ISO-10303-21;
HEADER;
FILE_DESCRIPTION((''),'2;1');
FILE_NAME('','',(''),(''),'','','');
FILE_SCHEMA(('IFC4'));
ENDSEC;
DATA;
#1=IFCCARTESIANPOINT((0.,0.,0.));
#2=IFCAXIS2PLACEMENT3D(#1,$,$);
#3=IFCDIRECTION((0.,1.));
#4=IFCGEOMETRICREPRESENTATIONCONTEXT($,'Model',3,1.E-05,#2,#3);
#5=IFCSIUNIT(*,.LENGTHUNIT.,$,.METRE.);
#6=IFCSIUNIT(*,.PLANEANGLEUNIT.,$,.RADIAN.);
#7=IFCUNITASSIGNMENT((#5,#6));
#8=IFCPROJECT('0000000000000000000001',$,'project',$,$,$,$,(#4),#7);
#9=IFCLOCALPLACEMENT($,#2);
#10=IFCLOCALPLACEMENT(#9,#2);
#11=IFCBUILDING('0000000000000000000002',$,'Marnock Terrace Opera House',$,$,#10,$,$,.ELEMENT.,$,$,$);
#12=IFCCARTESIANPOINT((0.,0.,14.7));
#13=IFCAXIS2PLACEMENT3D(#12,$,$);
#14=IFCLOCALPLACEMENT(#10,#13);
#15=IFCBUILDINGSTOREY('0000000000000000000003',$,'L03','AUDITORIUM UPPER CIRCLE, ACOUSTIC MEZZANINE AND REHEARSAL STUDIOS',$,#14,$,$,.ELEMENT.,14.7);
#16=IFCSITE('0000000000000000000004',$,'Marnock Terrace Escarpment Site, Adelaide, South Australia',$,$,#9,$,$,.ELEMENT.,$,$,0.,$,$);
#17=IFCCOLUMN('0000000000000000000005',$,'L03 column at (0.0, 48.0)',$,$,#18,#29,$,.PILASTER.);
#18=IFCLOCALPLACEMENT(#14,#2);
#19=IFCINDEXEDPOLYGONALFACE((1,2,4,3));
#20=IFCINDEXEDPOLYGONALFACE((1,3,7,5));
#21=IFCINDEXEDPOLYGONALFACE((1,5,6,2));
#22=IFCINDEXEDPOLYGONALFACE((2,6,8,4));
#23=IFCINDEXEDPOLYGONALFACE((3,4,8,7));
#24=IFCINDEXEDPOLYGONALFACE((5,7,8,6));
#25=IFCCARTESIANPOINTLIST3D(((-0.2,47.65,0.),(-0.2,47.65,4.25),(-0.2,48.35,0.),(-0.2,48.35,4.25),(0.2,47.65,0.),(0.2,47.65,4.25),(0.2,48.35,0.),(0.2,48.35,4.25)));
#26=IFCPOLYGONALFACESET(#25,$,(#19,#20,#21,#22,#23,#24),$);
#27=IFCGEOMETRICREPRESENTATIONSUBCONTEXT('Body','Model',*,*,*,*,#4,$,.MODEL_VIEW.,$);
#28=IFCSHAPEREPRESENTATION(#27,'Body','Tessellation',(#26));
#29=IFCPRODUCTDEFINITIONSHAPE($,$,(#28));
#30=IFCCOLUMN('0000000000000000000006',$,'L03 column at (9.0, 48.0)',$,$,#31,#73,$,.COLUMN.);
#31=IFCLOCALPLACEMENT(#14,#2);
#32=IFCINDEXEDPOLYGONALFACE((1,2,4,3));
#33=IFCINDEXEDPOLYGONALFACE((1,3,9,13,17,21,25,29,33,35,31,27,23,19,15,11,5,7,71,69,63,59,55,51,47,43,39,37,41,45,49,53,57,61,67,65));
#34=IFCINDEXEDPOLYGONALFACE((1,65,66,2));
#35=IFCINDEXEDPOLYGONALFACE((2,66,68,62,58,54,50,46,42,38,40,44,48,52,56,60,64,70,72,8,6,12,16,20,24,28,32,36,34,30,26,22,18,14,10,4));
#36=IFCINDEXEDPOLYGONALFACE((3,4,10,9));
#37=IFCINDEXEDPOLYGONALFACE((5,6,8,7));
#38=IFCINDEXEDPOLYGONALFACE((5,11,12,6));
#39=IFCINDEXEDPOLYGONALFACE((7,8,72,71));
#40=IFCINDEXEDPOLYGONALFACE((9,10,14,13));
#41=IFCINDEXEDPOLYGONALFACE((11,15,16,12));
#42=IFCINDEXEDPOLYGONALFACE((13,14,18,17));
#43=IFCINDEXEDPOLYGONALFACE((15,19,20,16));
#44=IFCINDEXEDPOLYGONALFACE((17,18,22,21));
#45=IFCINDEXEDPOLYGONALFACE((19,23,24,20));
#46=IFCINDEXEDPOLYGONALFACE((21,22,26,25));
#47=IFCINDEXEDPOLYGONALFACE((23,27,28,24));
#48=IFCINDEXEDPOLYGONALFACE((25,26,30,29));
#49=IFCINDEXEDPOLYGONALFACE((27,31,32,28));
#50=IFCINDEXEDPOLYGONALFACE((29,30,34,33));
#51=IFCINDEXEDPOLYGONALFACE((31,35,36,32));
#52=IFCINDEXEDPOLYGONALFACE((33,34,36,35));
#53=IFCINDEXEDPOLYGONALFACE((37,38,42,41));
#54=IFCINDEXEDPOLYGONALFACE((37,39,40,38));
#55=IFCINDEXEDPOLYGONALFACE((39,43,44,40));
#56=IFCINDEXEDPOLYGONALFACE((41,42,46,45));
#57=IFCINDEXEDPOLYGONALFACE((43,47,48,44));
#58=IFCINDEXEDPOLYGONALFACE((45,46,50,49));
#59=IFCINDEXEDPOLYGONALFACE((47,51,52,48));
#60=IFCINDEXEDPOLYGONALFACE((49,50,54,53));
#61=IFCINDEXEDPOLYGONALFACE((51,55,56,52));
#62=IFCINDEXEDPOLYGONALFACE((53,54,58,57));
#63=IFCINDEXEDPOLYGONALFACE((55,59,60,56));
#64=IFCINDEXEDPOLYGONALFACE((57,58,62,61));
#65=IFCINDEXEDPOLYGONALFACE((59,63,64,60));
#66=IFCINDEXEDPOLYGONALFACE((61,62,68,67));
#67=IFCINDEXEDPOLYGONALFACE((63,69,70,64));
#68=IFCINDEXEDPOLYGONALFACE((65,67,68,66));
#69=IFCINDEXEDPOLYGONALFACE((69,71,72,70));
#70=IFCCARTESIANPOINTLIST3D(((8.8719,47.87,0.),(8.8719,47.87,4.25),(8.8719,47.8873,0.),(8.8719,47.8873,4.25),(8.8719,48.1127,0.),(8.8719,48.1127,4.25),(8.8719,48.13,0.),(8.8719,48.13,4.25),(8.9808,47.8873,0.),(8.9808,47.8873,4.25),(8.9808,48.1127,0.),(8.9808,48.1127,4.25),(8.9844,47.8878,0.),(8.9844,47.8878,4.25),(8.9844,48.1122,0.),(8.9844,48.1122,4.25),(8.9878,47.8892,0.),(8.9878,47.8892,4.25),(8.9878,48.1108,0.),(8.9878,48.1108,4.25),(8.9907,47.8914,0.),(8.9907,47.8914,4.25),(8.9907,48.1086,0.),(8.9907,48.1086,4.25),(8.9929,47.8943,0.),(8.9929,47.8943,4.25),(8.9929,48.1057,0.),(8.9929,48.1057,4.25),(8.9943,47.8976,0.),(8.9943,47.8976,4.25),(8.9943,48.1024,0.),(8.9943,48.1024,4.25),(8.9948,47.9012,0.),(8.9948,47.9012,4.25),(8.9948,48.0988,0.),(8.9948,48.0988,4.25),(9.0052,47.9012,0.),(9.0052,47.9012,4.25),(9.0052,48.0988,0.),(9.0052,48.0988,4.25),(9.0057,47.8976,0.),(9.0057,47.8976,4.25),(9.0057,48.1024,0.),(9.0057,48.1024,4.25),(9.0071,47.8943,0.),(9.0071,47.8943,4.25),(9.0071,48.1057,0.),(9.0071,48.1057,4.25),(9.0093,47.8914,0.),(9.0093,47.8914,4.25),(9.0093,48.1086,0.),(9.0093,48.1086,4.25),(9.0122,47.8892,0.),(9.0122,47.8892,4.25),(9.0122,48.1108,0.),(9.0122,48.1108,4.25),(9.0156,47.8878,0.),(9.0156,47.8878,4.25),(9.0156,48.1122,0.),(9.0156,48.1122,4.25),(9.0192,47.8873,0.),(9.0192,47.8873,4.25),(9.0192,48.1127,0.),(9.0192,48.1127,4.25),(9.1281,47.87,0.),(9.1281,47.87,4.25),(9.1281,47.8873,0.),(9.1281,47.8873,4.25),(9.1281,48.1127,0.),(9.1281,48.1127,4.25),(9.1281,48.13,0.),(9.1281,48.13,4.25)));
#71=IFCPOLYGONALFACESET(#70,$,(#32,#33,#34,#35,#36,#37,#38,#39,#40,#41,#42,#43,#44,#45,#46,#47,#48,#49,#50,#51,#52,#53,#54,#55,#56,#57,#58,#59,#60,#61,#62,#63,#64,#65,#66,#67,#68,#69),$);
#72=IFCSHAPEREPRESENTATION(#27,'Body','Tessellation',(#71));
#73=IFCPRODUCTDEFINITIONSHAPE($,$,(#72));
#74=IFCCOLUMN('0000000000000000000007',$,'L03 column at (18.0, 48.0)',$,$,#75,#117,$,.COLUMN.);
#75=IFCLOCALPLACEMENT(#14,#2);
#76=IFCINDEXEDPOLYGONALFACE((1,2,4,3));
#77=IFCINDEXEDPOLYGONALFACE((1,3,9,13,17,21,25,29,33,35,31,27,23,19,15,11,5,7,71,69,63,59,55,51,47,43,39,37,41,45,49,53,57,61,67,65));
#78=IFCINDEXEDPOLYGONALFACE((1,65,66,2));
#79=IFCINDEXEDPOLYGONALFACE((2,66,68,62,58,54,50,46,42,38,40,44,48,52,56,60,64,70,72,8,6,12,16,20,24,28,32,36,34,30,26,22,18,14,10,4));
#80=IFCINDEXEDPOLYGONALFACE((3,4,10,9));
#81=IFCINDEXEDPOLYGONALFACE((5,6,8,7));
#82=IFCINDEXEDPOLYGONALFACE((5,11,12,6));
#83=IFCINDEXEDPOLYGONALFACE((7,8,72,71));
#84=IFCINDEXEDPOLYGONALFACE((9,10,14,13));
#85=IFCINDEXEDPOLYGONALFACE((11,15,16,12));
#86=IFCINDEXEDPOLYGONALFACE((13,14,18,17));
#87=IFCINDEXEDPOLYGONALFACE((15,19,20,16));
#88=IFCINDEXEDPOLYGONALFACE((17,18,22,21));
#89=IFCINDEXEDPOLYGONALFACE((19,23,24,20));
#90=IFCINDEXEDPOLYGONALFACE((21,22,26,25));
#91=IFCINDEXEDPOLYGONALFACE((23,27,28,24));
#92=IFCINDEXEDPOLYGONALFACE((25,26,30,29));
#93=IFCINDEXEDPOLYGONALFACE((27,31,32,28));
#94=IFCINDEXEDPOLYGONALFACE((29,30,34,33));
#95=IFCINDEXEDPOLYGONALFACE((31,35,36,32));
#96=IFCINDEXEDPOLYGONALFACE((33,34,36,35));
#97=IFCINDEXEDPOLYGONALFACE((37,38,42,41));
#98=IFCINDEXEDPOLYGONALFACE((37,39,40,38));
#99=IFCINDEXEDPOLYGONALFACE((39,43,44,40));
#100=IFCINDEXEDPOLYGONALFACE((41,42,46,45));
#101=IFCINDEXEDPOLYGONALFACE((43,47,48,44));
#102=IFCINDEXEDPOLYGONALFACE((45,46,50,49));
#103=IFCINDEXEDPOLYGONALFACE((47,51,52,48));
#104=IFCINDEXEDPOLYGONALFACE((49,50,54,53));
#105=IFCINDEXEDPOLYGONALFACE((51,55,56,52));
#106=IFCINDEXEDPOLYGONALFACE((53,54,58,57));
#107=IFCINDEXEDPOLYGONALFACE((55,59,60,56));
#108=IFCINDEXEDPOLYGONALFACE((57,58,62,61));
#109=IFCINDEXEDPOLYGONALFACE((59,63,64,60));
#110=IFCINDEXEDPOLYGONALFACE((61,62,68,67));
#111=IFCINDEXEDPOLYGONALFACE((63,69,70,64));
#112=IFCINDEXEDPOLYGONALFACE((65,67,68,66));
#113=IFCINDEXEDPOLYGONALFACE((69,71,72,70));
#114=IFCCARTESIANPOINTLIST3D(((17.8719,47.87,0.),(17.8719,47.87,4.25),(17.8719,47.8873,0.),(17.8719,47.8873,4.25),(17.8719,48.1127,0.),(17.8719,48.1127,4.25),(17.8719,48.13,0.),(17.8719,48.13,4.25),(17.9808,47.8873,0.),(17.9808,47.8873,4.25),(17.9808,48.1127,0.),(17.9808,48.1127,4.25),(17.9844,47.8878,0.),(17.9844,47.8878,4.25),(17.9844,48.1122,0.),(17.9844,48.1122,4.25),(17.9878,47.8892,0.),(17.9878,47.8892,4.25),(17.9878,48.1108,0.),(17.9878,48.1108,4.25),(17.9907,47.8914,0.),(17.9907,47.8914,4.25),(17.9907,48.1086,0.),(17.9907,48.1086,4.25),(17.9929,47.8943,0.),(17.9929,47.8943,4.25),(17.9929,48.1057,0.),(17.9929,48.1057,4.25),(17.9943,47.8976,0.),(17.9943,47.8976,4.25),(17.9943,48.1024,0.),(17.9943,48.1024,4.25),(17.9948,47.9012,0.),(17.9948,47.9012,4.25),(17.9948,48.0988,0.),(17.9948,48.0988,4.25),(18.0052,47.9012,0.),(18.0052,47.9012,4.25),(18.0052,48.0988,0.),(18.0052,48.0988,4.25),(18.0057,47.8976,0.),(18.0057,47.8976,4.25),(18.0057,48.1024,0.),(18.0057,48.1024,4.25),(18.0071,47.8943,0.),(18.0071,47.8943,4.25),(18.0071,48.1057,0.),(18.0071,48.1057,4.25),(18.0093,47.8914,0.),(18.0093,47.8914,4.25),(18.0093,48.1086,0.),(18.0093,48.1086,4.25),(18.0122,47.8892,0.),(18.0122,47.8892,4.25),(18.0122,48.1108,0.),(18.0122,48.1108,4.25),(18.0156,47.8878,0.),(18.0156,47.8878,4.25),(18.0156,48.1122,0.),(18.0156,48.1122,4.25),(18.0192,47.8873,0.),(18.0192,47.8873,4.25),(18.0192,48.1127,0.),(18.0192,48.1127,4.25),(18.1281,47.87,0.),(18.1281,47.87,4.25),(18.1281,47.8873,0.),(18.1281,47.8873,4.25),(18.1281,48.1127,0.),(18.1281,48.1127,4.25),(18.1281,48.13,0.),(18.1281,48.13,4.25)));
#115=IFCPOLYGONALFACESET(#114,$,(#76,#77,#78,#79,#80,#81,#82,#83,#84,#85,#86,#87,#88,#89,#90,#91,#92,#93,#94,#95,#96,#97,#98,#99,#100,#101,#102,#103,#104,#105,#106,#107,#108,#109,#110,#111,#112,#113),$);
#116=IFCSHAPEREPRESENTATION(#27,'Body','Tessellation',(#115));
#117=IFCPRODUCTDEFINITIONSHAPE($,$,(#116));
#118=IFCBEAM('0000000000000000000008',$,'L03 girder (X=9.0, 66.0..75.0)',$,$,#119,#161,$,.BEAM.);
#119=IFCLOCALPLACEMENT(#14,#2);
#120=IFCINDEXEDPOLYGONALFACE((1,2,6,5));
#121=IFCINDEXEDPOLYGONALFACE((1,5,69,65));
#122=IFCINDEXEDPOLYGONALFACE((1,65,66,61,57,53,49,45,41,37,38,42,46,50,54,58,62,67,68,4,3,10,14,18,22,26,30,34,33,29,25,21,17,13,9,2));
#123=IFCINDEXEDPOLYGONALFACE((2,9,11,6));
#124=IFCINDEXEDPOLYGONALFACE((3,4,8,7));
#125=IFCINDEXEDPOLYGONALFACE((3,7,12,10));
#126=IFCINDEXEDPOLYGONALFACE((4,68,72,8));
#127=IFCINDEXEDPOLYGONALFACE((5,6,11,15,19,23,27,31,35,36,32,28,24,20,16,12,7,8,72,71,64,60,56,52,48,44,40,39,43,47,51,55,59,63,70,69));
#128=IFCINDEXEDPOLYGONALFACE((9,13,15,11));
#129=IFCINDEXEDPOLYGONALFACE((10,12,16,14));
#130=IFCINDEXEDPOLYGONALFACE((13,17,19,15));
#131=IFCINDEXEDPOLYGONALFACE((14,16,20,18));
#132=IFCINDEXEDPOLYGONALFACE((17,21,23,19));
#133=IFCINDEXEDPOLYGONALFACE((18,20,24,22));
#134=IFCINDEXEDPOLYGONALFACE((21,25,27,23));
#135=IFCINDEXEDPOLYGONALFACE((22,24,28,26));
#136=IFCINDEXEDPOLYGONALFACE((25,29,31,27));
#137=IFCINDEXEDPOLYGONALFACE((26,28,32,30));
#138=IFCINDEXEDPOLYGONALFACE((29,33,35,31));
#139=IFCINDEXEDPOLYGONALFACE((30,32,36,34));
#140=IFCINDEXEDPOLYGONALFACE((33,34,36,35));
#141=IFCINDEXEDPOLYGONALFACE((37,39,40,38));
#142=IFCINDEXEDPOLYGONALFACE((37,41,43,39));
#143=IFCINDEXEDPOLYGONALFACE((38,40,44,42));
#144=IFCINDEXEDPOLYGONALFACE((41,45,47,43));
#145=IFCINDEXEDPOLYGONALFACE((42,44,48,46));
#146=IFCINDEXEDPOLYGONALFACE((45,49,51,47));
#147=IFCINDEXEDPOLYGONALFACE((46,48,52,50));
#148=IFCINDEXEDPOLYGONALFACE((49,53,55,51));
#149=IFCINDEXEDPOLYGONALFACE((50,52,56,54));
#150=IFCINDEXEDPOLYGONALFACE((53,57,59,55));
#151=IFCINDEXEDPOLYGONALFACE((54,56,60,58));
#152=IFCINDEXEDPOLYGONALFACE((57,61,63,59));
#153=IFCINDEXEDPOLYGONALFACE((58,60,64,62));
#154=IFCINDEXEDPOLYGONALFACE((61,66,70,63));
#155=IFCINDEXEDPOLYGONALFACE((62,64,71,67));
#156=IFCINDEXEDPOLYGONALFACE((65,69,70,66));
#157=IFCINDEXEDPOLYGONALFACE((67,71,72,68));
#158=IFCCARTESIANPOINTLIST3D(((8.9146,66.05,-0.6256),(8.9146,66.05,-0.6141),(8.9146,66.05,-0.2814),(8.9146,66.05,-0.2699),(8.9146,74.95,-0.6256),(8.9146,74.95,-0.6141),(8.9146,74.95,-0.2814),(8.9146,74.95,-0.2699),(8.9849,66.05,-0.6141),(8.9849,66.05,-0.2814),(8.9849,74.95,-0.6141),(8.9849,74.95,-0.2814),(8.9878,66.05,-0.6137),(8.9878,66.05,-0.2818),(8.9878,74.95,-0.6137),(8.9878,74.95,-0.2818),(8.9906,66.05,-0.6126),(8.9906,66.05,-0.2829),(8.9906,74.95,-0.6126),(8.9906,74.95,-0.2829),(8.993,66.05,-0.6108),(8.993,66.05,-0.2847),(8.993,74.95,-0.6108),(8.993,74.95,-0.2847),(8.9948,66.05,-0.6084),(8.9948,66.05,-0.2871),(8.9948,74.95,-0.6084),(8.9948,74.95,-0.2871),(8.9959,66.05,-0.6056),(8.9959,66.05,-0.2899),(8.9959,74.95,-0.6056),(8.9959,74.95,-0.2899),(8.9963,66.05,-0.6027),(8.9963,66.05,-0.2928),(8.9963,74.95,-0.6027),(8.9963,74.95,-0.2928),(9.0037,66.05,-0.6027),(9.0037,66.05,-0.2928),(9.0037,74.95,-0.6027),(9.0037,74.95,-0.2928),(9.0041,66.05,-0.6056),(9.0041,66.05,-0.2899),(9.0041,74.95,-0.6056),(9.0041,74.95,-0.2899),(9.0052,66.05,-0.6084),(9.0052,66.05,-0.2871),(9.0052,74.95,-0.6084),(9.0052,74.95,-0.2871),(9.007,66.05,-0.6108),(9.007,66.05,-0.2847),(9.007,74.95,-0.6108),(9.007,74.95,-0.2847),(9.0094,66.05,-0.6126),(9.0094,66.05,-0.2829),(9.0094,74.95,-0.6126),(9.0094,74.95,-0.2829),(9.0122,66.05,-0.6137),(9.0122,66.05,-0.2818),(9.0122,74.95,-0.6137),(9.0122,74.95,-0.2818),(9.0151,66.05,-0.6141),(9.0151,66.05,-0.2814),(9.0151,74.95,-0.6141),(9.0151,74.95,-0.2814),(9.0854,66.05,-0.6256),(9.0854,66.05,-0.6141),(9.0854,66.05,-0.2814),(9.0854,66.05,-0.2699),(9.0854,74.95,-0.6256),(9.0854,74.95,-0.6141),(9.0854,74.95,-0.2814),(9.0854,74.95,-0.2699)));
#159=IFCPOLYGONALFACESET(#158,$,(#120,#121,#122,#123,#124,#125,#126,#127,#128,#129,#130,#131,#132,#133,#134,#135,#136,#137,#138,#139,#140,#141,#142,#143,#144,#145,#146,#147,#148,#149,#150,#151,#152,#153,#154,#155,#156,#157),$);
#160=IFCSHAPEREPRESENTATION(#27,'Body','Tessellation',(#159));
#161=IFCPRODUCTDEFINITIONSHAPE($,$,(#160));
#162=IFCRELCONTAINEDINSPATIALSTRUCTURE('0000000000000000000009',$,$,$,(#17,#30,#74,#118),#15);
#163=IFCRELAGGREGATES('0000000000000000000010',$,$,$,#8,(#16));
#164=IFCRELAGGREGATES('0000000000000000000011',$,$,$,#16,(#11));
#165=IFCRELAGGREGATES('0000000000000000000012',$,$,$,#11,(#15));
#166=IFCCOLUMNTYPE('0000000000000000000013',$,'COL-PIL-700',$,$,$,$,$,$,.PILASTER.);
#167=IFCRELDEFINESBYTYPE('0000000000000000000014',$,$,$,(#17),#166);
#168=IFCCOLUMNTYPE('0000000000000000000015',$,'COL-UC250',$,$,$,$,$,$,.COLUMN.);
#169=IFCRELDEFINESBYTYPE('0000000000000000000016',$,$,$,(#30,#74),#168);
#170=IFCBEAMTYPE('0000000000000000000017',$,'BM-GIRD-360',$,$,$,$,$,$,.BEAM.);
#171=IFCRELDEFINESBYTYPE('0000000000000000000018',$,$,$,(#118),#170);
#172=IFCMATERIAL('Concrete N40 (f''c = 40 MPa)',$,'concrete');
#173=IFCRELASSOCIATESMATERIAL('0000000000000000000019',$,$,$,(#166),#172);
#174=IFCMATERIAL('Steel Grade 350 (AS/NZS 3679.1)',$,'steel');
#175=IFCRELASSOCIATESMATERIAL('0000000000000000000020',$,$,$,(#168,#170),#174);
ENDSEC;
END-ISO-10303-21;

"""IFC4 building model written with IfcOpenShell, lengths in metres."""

from ifc_helpers import new_model, si_unit, direction, frame, origin, origin_2d, place, context, subcontext, project, spatial, rectangle, i_section, extrude, material, material_profile, profile_set, type_object, element, save


model = new_model("IFC4")

# Units and contexts
model_context = context("Model", 3, precision=1e-05, world=origin(), true_north=direction((0.0, 1.0)))
body_context = subcontext(model_context, "Body", "Model", "MODEL_VIEW")
ifc_project = project(units=[si_unit("LENGTHUNIT", "METRE"), si_unit("PLANEANGLEUNIT", "RADIAN")], contexts=[model_context])

# Site, building, storey
site_placement = place(None, origin())
site = spatial("IfcSite", under=ifc_project, at=site_placement, Name="Marnock Terrace Escarpment Site, Adelaide, South Australia", CompositionType="ELEMENT", RefElevation=0.0)
building_placement = place(site_placement, origin())
building = spatial("IfcBuilding", under=site, at=building_placement, Name="Marnock Terrace Opera House", CompositionType="ELEMENT")
storey_placement = place(building_placement, frame((0.0, 0.0, 14.7)))
storey = spatial("IfcBuildingStorey", under=building, at=storey_placement, Name="L03", Description="AUDITORIUM UPPER CIRCLE, ACOUSTIC MEZZANINE AND REHEARSAL STUDIOS", CompositionType="ELEMENT", Elevation=14.7)

# Columns
ifc_material_1 = material(Name="Concrete N40 (f'c = 40 MPa)", Category="concrete")
ifc_material_profile_1 = material_profile(ifc_material_1, rectangle(XDim=0.3999, YDim=0.7, at=origin_2d()))
ifc_profile_set_1 = profile_set([ifc_material_profile_1], Name="Concrete N40 (f'c = 40 MPa)")
column_type_1 = type_object("IfcColumnType", Name="COL-PIL-700", PredefinedType="PILASTER", material=ifc_profile_set_1)
column_placement = place(storey_placement, frame((0.0, 48.0, 0.0), z_axis=(0.0, 0.0, 1.0), x_axis=(1.0, 0.0, 0.0)))
element("IfcColumn", 1, at=column_placement, inside=storey, type_object=column_type_1, Name="L03 column at (0.0, 48.0)", PredefinedType="PILASTER", context=body_context, shape_type="SweptSolid", body=[
    extrude(rectangle(XDim=0.3999, YDim=0.7, at=origin_2d()), origin(), (0.0, 0.0, 1.0), 4.25),
])
ifc_material_2 = material(Name="Steel Grade 350 (AS/NZS 3679.1)", Category="steel")
ifc_material_profile_2 = material_profile(ifc_material_2, i_section(OverallWidth=0.2561, OverallDepth=0.26, WebThickness=0.0105, FlangeThickness=0.0173, FilletRadius=0.0139, at=origin_2d()))
ifc_profile_set_2 = profile_set([ifc_material_profile_2], Name="Steel Grade 350 (AS/NZS 3679.1)")
column_type_2 = type_object("IfcColumnType", Name="COL-UC250", PredefinedType="COLUMN", material=ifc_profile_set_2)
for number, where, z_axis, x_axis, name in (
    (2, (9.0, 48.0, 0.0), (0.0, 0.0, 1.0), (1.0, 0.0, 0.0), "L03 column at (9.0, 48.0)"),
    (3, (18.0, 48.0, 0.0), (0.0, 0.0, 1.0), (1.0, 0.0, 0.0), "L03 column at (18.0, 48.0)"),
):
    element("IfcColumn", number, at=place(storey_placement, frame(where, z_axis=z_axis, x_axis=x_axis)), inside=storey, type_object=column_type_2, Name=name, PredefinedType="COLUMN", context=body_context, shape_type="SweptSolid", body=[
        extrude(i_section(OverallWidth=0.2561, OverallDepth=0.26, WebThickness=0.0105, FlangeThickness=0.0173, FilletRadius=0.0139, at=origin_2d()), origin(), (0.0, 0.0, 1.0), 4.25),
    ])

# Beam
ifc_material_profile_3 = material_profile(ifc_material_2, i_section(OverallWidth=0.1709, OverallDepth=0.3557, WebThickness=0.0073, FlangeThickness=0.0115, FilletRadius=0.0115, at=origin_2d()))
ifc_profile_set_3 = profile_set([ifc_material_profile_3], Name="Steel Grade 350 (AS/NZS 3679.1)")
beam_type_1 = type_object("IfcBeamType", Name="BM-GIRD-360", PredefinedType="BEAM", material=ifc_profile_set_3)
beam_1_placement = place(storey_placement, frame((9.0, 66.05, -0.4478), z_axis=(0.0, 1.0, 0.0), x_axis=(-1.0, 0.0, 0.0)))
element("IfcBeam", 4, at=beam_1_placement, inside=storey, type_object=beam_type_1, Name="L03 girder (X=9.0, 66.0..75.0)", PredefinedType="BEAM", context=body_context, shape_type="SweptSolid", body=[
    extrude(i_section(OverallWidth=0.1709, OverallDepth=0.3557, WebThickness=0.0073, FlangeThickness=0.0115, FilletRadius=0.0115, at=origin_2d()), origin(), (0.0, 0.0, 1.0), 8.8999),
])

save(model, "model.ifc")
